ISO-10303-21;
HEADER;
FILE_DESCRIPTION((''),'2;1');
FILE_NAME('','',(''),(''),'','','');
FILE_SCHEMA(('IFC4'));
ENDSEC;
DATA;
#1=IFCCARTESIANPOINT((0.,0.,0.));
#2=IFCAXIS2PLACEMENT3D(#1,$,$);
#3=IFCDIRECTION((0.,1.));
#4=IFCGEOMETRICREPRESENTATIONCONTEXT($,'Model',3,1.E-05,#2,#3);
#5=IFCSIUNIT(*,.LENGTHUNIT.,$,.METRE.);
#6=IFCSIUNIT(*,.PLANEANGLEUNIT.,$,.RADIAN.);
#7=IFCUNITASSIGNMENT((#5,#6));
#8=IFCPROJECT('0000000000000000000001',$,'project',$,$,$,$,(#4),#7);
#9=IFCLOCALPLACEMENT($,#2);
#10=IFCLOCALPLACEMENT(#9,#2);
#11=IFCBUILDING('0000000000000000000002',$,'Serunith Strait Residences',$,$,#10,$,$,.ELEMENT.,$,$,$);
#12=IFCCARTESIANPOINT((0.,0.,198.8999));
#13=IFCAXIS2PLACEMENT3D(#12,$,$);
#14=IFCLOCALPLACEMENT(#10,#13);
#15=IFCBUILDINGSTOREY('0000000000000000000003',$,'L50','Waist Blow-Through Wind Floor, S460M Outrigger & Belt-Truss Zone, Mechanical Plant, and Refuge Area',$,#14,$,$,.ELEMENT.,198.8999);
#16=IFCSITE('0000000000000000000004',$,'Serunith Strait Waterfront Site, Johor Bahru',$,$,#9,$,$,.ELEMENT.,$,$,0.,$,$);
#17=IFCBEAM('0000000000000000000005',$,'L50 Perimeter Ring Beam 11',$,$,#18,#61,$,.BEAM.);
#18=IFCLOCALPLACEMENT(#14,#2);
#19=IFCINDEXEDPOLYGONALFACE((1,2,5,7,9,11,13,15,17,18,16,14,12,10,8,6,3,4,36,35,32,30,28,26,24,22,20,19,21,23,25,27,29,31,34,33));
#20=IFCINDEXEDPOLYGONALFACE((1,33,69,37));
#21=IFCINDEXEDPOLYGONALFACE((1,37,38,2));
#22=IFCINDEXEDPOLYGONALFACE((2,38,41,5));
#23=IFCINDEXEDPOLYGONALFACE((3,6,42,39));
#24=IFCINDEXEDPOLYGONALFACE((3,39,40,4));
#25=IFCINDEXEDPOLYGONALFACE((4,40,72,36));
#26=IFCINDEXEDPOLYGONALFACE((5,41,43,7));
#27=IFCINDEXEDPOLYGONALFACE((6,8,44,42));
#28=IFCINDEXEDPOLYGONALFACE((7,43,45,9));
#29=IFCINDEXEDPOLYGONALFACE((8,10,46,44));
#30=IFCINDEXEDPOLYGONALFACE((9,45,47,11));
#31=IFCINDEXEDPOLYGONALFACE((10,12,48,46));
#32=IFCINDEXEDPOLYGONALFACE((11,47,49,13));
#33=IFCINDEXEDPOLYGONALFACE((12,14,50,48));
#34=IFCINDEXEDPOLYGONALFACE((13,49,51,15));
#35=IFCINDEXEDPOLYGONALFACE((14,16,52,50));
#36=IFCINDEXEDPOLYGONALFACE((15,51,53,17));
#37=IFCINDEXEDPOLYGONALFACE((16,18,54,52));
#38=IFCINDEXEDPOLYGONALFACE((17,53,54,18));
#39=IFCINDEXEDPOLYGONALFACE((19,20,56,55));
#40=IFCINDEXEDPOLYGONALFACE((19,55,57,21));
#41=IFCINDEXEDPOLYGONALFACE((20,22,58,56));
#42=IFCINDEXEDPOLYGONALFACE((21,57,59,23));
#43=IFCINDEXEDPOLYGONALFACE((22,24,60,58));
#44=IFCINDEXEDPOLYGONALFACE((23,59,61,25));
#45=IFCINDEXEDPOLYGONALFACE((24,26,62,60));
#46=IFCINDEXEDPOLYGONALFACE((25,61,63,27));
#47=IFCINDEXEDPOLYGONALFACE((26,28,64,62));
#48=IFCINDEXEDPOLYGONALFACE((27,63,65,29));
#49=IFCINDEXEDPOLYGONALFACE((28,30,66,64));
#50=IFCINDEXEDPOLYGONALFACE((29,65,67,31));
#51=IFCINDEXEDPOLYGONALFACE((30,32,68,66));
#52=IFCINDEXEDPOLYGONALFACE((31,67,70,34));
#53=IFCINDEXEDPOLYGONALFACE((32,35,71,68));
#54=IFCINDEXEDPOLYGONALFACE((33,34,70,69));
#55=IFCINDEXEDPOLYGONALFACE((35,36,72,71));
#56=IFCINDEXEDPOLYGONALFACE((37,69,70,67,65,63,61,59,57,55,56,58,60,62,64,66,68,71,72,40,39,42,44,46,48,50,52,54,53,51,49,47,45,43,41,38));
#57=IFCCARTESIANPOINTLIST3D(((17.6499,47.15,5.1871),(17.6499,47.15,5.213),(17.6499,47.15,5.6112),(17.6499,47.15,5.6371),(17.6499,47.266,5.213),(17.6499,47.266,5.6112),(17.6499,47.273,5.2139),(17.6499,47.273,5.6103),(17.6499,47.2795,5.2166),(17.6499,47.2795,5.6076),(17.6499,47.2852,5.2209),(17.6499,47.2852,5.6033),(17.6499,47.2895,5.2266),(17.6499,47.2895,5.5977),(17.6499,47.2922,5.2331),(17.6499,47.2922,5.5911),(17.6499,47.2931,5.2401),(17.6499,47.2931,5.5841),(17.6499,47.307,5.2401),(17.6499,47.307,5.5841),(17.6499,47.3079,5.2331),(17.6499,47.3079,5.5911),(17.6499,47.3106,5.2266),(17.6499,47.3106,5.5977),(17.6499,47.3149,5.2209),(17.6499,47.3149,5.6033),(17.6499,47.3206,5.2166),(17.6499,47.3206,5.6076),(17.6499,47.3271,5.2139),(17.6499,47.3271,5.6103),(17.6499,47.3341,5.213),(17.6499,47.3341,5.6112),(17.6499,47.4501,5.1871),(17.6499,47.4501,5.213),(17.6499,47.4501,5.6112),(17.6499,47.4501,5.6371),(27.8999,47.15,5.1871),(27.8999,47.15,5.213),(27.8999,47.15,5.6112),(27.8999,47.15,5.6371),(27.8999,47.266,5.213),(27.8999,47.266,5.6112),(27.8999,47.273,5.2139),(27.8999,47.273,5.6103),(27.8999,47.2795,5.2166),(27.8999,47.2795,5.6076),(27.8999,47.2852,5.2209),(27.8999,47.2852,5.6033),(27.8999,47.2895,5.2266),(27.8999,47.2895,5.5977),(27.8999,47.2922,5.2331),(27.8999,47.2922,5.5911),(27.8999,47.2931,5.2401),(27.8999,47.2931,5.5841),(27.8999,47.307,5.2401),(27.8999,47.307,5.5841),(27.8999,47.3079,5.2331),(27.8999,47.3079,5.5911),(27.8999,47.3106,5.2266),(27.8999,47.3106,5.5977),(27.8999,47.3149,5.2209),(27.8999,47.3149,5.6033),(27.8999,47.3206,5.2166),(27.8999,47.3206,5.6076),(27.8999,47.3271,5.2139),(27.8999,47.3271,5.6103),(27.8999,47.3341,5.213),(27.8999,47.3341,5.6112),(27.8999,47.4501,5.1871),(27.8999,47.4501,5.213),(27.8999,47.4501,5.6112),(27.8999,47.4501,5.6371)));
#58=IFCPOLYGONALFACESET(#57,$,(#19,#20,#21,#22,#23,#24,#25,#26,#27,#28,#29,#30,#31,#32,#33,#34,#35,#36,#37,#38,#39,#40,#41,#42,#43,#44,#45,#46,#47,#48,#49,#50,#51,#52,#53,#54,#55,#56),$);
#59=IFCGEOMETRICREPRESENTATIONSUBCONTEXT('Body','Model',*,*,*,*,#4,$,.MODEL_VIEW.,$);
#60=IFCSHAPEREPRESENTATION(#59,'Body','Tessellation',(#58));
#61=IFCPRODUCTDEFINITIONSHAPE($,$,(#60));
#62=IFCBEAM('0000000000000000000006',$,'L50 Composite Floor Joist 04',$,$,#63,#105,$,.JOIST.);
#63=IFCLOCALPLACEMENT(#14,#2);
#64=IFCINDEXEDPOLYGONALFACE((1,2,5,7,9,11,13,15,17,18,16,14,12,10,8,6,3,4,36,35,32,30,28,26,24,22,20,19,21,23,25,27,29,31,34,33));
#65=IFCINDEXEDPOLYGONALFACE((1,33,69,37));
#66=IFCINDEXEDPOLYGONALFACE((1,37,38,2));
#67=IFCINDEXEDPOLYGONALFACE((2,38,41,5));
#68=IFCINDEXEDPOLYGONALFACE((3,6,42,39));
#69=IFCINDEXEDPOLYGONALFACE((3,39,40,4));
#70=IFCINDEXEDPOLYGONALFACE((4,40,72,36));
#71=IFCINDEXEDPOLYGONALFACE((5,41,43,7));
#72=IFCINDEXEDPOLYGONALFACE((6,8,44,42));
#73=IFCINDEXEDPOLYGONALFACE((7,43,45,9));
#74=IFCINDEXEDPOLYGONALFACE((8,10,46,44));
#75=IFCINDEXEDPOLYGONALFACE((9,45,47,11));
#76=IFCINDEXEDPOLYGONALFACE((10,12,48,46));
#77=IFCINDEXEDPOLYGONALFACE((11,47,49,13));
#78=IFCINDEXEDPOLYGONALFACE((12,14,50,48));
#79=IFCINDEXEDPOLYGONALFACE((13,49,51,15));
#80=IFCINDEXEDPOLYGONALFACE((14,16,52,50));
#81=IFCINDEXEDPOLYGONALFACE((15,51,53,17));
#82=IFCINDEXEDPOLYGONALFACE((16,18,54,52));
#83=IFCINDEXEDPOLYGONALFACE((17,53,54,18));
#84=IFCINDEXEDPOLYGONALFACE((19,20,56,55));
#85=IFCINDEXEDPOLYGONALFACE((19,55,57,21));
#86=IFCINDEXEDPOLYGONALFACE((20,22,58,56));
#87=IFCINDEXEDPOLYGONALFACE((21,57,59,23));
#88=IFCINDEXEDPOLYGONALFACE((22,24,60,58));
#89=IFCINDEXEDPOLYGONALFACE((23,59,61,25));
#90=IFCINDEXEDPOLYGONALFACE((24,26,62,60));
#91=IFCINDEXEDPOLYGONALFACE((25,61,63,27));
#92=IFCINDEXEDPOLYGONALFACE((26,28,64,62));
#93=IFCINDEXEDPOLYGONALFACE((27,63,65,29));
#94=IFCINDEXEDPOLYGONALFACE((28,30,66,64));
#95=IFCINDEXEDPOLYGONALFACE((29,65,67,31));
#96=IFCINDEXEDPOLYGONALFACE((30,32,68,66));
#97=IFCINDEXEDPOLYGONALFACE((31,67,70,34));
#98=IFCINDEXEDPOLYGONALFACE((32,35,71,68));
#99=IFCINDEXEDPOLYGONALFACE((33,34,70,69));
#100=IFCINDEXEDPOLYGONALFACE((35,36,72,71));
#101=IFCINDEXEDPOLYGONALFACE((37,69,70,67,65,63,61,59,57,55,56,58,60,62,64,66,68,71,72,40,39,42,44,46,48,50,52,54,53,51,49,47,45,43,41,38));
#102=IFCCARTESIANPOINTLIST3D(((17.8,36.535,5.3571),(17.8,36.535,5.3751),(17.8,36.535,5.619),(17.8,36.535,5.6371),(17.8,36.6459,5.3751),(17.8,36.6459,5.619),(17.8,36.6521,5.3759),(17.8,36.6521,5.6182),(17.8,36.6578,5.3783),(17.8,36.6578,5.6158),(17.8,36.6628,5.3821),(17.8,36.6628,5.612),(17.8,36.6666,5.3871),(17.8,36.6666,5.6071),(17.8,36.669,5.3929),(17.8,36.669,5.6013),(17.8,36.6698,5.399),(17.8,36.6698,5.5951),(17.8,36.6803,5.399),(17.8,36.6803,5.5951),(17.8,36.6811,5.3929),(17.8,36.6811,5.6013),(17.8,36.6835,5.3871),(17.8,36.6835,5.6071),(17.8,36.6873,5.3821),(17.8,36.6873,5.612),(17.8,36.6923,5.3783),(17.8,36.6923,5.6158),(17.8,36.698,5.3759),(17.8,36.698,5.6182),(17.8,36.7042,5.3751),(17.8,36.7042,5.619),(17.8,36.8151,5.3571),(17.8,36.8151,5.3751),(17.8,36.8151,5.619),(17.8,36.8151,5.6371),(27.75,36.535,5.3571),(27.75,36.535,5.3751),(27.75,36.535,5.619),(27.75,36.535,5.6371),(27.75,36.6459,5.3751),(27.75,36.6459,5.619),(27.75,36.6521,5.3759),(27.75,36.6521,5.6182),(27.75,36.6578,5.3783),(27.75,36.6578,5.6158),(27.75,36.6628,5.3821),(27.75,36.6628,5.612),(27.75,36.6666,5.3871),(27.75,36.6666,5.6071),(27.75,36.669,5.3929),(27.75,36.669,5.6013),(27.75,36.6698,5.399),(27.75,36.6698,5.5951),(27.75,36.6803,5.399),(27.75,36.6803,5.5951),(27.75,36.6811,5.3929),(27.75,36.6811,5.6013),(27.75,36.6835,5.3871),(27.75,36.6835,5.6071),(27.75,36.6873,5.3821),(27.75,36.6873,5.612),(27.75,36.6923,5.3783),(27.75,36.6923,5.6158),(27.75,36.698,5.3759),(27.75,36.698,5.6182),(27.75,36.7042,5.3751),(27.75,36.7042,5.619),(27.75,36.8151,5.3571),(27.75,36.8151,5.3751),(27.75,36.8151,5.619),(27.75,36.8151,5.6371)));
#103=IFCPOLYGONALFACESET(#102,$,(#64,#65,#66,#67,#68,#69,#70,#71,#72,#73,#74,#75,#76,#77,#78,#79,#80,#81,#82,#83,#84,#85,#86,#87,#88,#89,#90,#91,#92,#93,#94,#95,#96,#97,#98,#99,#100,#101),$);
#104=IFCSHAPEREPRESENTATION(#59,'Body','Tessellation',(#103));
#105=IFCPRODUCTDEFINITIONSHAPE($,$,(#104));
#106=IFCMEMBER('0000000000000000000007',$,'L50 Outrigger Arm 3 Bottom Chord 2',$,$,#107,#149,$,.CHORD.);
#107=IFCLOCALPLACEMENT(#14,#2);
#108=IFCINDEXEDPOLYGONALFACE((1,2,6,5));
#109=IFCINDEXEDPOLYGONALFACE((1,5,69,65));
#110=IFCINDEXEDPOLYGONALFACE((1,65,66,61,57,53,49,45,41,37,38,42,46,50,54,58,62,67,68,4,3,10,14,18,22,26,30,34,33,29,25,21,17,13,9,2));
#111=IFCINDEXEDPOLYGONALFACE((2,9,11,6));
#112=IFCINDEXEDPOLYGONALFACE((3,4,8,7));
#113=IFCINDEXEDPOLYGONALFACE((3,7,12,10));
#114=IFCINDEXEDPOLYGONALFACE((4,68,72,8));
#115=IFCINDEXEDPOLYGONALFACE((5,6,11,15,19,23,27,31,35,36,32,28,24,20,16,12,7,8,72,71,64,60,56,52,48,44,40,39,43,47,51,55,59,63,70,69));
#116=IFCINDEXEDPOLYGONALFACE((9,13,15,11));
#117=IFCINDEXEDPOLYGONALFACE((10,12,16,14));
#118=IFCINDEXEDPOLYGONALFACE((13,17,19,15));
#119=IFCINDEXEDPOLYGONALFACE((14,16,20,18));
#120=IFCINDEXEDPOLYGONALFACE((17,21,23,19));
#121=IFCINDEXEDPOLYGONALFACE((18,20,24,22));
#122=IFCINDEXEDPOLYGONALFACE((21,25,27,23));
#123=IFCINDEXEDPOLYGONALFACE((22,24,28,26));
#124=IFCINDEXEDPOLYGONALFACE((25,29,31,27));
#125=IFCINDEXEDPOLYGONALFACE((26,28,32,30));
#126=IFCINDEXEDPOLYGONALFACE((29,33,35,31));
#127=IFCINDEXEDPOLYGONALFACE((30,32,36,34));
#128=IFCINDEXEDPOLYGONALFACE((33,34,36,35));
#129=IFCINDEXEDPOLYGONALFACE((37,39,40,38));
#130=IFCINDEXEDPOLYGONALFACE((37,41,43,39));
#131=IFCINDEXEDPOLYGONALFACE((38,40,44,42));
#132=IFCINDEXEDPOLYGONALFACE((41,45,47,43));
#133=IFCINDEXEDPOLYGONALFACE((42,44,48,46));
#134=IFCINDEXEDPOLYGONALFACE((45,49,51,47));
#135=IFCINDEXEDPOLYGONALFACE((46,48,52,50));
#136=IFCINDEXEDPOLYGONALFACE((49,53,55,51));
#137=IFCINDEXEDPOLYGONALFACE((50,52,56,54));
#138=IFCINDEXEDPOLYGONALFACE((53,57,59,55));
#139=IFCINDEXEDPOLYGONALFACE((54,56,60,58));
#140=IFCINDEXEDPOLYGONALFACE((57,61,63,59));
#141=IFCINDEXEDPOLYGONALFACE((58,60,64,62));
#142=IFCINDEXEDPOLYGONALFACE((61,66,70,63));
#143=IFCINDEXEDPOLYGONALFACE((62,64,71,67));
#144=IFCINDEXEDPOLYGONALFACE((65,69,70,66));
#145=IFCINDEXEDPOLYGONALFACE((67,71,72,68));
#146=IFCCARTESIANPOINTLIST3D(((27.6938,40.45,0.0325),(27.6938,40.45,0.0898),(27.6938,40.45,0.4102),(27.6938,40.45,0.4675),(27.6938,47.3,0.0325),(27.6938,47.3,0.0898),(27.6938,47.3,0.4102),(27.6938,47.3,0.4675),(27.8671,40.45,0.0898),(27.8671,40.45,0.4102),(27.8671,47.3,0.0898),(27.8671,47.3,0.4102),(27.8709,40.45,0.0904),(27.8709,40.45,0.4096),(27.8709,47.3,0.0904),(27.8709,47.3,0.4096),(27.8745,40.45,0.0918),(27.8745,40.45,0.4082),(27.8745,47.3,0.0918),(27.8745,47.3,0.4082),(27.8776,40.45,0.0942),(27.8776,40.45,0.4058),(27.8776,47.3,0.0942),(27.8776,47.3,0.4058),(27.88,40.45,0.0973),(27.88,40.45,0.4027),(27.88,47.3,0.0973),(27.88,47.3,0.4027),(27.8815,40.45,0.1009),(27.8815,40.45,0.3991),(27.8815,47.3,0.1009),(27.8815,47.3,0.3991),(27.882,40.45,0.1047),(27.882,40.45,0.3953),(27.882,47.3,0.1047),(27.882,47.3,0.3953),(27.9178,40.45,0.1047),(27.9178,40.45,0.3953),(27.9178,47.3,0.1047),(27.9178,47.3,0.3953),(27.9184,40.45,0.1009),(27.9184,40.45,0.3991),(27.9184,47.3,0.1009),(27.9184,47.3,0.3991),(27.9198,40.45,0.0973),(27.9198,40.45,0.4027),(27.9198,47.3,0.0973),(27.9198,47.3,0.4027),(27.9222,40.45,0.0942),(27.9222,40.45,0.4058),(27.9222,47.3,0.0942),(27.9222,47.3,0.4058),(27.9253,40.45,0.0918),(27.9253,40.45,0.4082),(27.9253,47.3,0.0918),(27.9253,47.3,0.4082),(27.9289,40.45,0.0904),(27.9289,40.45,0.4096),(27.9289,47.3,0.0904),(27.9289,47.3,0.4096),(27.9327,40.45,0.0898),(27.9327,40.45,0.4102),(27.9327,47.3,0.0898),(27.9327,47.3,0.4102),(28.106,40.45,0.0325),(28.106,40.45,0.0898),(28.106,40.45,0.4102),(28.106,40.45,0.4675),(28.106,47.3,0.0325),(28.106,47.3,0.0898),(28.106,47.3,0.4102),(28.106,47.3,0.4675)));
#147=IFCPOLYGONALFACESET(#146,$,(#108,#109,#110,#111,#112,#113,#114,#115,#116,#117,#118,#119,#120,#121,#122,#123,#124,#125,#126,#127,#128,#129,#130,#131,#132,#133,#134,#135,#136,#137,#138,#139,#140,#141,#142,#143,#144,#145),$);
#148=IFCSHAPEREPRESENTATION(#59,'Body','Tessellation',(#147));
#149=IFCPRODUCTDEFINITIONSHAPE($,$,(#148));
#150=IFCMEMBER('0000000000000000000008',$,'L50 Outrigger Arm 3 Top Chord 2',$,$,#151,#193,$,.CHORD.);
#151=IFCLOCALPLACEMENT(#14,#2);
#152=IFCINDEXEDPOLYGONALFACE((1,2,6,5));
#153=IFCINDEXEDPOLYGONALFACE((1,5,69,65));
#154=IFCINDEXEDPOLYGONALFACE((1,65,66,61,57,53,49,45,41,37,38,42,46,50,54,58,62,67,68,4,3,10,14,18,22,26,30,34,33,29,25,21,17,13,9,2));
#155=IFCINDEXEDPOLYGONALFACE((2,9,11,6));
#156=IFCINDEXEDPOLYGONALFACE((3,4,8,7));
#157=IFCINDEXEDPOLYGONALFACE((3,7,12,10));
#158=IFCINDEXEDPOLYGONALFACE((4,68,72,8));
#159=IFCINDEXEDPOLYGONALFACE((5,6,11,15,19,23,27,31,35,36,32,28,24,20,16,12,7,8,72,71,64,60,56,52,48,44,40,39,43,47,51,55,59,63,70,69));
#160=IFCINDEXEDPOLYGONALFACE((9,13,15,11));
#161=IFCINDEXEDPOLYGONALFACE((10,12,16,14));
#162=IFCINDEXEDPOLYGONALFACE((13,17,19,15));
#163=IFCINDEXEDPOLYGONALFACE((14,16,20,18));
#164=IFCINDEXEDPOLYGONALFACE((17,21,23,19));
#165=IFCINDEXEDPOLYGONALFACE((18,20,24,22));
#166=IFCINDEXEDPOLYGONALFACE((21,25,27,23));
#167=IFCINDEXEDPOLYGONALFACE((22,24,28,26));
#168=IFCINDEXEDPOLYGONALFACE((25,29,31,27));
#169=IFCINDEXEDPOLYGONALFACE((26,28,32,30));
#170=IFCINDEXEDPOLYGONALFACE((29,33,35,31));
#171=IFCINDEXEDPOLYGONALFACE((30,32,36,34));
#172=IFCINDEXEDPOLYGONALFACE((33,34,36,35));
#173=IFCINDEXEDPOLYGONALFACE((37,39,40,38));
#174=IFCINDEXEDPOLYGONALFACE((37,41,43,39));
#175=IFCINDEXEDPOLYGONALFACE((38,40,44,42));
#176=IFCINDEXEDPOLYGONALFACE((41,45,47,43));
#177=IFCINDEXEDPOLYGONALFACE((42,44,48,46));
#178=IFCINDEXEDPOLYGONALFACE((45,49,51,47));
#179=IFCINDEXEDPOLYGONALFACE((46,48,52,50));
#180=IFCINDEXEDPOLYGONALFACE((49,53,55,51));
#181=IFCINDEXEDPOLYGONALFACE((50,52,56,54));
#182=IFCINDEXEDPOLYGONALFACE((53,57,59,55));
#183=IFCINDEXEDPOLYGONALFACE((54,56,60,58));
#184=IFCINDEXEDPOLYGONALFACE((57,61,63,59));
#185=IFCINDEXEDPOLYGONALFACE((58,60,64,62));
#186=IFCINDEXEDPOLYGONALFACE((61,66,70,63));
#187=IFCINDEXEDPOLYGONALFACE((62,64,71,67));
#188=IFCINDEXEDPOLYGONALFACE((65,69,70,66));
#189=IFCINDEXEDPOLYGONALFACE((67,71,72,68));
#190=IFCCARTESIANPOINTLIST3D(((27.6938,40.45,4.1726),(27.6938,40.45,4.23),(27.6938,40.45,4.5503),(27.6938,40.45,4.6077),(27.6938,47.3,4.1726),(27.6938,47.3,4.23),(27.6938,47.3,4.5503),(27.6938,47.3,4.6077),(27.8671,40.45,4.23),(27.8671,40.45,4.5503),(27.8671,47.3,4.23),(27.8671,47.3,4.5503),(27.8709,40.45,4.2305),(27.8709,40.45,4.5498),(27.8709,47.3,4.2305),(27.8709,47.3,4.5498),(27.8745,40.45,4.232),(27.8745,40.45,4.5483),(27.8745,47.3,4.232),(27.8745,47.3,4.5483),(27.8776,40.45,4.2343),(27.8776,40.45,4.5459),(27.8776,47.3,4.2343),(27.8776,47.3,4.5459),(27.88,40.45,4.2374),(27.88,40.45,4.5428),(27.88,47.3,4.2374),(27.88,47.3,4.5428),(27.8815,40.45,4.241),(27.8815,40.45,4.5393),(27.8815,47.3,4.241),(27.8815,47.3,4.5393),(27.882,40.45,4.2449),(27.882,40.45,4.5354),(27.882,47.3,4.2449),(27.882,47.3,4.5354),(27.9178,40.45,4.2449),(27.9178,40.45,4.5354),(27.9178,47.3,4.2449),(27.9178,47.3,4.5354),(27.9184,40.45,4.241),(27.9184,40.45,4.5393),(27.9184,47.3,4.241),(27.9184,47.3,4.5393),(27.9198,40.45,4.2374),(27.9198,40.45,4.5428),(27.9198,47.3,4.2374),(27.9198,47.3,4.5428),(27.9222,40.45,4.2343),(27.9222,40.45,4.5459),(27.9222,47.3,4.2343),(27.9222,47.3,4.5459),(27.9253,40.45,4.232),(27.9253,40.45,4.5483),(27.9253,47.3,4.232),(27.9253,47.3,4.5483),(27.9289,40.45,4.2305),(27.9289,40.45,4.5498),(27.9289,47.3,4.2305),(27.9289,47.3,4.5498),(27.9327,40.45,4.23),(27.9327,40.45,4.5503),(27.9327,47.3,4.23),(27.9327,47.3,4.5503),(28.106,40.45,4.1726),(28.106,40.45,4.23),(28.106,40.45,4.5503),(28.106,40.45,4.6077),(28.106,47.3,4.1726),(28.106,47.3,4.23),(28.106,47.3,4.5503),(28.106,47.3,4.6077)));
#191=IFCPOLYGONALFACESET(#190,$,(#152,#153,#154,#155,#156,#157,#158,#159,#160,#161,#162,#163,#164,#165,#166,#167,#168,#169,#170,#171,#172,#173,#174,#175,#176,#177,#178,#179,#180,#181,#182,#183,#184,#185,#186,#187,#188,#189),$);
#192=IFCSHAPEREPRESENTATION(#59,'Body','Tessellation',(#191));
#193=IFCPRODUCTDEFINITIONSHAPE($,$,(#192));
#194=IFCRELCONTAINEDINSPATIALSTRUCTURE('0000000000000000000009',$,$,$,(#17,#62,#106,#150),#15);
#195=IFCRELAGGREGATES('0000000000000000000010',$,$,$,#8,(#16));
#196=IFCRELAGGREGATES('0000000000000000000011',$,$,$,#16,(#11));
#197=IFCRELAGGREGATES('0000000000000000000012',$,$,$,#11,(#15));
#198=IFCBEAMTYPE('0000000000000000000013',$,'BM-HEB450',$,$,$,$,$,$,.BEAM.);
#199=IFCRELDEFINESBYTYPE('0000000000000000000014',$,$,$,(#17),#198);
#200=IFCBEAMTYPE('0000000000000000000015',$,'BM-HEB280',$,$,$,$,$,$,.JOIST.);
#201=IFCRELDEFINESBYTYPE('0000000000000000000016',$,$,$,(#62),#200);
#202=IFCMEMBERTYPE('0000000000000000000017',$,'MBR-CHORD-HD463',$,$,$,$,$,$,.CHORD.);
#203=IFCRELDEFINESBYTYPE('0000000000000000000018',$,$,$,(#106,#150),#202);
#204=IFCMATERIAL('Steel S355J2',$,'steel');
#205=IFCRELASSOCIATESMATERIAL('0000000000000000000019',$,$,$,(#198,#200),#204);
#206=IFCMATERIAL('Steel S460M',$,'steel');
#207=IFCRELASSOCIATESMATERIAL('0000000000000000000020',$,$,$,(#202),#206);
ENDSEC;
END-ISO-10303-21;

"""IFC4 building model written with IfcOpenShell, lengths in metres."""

from ifc_helpers import new_model, si_unit, direction, frame, origin, origin_2d, place, context, subcontext, project, spatial, i_section, extrude, source, transform, mapped, material, material_profile, profile_set, type_object, element, save


model = new_model("IFC4")

# Units and contexts
model_context = context("Model", 3, precision=1e-05, world=origin(), true_north=direction((0.0, 1.0)))
body_context = subcontext(model_context, "Body", "Model", "MODEL_VIEW")
ifc_project = project(units=[si_unit("LENGTHUNIT", "METRE"), si_unit("PLANEANGLEUNIT", "RADIAN")], contexts=[model_context])

# Site, building, storey
site_placement = place(None, origin())
site = spatial("IfcSite", under=ifc_project, at=site_placement, Name="Serunith Strait Waterfront Site, Johor Bahru", CompositionType="ELEMENT", RefElevation=0.0)
building_placement = place(site_placement, origin())
building = spatial("IfcBuilding", under=site, at=building_placement, Name="Serunith Strait Residences", CompositionType="ELEMENT")
storey_placement = place(building_placement, frame((0.0, 0.0, 198.8999)))
storey = spatial("IfcBuildingStorey", under=building, at=storey_placement, Name="L50", Description="Waist Blow-Through Wind Floor, S460M Outrigger & Belt-Truss Zone, Mechanical Plant, and Refuge Area", CompositionType="ELEMENT", Elevation=198.8999)

# Beams
ifc_material_1 = material(Name="Steel S355J2", Category="steel")
ifc_material_profile_1 = material_profile(ifc_material_1, i_section(OverallWidth=0.3, OverallDepth=0.45, WebThickness=0.0139, FlangeThickness=0.0259, FilletRadius=0.0271, at=origin_2d()), Name="HEB 450")
ifc_profile_set_1 = profile_set([ifc_material_profile_1], Name="Steel S355J2")
beam_type_1 = type_object("IfcBeamType", Name="BM-HEB450", PredefinedType="BEAM", material=ifc_profile_set_1)
shared_shape_1 = source(origin(), body_context, "Body", "SweptSolid", [
    extrude(i_section(OverallWidth=0.3, OverallDepth=0.45, WebThickness=0.0139, FlangeThickness=0.0259, FilletRadius=0.0271, at=origin_2d()), origin(), (0.0, 0.0, 1.0), 10.25),
])
beam_1_placement = place(storey_placement, frame((27.8999, 47.3, 5.4121), z_axis=(-1.0, 0.0, 0.0), x_axis=(0.0, -1.0, 0.0)))
element("IfcBeam", 1, at=beam_1_placement, inside=storey, type_object=beam_type_1, Name="L50 Perimeter Ring Beam 11", PredefinedType="BEAM", context=body_context, shape_type="MappedRepresentation", body=[
    mapped(shared_shape_1, transform((0.0, 0.0, 0.0), scale=1.0)),
])
ifc_material_profile_2 = material_profile(ifc_material_1, i_section(OverallWidth=0.28, OverallDepth=0.28, WebThickness=0.0105, FlangeThickness=0.0181, FilletRadius=0.0239, at=origin_2d()), Name="HEB 280")
ifc_profile_set_2 = profile_set([ifc_material_profile_2], Name="Steel S355J2")
beam_type_2 = type_object("IfcBeamType", Name="BM-HEB280", PredefinedType="JOIST", material=ifc_profile_set_2)
shared_shape_2 = source(origin(), body_context, "Body", "SweptSolid", [
    extrude(i_section(OverallWidth=0.28, OverallDepth=0.28, WebThickness=0.0105, FlangeThickness=0.0181, FilletRadius=0.0239, at=origin_2d()), origin(), (0.0, 0.0, 1.0), 9.95),
])
beam_2_placement = place(storey_placement, frame((17.8, 36.675, 5.4971), z_axis=(1.0, 0.0, 0.0), x_axis=(0.0, 1.0, 0.0)))
element("IfcBeam", 2, at=beam_2_placement, inside=storey, type_object=beam_type_2, Name="L50 Composite Floor Joist 04", PredefinedType="JOIST", context=body_context, shape_type="MappedRepresentation", body=[
    mapped(shared_shape_2, transform((0.0, 0.0, 0.0), scale=1.0)),
])

# Members
ifc_material_2 = material(Name="Steel S460M", Category="steel")
ifc_material_profile_3 = material_profile(ifc_material_2, i_section(OverallWidth=0.4121, OverallDepth=0.4351, WebThickness=0.0359, FlangeThickness=0.0574, FilletRadius=0.0149, at=origin_2d()), Name="HD 400x463")
ifc_profile_set_3 = profile_set([ifc_material_profile_3], Name="Steel S460M")
member_type_1 = type_object("IfcMemberType", Name="MBR-CHORD-HD463", PredefinedType="CHORD", material=ifc_profile_set_3)
shared_shape_3 = source(origin(), body_context, "Body", "SweptSolid", [
    extrude(i_section(OverallWidth=0.4121, OverallDepth=0.4351, WebThickness=0.0359, FlangeThickness=0.0574, FilletRadius=0.0149, at=origin_2d()), origin(), (0.0, 0.0, 1.0), 6.8501),
])
for number, where, z_axis, x_axis, name in (
    (3, (27.8999, 40.45, 0.25), (0.0, 1.0, 0.0), (-1.0, 0.0, 0.0), "L50 Outrigger Arm 3 Bottom Chord 2"),
    (4, (27.8999, 40.45, 4.3901), (0.0, 1.0, 0.0), (-1.0, 0.0, 0.0), "L50 Outrigger Arm 3 Top Chord 2"),
):
    element("IfcMember", number, at=place(storey_placement, frame(where, z_axis=z_axis, x_axis=x_axis)), inside=storey, type_object=member_type_1, Name=name, PredefinedType="CHORD", context=body_context, shape_type="MappedRepresentation", body=[
        mapped(shared_shape_3, transform((0.0, 0.0, 0.0), scale=1.0)),
    ])

save(model, "model.ifc")
